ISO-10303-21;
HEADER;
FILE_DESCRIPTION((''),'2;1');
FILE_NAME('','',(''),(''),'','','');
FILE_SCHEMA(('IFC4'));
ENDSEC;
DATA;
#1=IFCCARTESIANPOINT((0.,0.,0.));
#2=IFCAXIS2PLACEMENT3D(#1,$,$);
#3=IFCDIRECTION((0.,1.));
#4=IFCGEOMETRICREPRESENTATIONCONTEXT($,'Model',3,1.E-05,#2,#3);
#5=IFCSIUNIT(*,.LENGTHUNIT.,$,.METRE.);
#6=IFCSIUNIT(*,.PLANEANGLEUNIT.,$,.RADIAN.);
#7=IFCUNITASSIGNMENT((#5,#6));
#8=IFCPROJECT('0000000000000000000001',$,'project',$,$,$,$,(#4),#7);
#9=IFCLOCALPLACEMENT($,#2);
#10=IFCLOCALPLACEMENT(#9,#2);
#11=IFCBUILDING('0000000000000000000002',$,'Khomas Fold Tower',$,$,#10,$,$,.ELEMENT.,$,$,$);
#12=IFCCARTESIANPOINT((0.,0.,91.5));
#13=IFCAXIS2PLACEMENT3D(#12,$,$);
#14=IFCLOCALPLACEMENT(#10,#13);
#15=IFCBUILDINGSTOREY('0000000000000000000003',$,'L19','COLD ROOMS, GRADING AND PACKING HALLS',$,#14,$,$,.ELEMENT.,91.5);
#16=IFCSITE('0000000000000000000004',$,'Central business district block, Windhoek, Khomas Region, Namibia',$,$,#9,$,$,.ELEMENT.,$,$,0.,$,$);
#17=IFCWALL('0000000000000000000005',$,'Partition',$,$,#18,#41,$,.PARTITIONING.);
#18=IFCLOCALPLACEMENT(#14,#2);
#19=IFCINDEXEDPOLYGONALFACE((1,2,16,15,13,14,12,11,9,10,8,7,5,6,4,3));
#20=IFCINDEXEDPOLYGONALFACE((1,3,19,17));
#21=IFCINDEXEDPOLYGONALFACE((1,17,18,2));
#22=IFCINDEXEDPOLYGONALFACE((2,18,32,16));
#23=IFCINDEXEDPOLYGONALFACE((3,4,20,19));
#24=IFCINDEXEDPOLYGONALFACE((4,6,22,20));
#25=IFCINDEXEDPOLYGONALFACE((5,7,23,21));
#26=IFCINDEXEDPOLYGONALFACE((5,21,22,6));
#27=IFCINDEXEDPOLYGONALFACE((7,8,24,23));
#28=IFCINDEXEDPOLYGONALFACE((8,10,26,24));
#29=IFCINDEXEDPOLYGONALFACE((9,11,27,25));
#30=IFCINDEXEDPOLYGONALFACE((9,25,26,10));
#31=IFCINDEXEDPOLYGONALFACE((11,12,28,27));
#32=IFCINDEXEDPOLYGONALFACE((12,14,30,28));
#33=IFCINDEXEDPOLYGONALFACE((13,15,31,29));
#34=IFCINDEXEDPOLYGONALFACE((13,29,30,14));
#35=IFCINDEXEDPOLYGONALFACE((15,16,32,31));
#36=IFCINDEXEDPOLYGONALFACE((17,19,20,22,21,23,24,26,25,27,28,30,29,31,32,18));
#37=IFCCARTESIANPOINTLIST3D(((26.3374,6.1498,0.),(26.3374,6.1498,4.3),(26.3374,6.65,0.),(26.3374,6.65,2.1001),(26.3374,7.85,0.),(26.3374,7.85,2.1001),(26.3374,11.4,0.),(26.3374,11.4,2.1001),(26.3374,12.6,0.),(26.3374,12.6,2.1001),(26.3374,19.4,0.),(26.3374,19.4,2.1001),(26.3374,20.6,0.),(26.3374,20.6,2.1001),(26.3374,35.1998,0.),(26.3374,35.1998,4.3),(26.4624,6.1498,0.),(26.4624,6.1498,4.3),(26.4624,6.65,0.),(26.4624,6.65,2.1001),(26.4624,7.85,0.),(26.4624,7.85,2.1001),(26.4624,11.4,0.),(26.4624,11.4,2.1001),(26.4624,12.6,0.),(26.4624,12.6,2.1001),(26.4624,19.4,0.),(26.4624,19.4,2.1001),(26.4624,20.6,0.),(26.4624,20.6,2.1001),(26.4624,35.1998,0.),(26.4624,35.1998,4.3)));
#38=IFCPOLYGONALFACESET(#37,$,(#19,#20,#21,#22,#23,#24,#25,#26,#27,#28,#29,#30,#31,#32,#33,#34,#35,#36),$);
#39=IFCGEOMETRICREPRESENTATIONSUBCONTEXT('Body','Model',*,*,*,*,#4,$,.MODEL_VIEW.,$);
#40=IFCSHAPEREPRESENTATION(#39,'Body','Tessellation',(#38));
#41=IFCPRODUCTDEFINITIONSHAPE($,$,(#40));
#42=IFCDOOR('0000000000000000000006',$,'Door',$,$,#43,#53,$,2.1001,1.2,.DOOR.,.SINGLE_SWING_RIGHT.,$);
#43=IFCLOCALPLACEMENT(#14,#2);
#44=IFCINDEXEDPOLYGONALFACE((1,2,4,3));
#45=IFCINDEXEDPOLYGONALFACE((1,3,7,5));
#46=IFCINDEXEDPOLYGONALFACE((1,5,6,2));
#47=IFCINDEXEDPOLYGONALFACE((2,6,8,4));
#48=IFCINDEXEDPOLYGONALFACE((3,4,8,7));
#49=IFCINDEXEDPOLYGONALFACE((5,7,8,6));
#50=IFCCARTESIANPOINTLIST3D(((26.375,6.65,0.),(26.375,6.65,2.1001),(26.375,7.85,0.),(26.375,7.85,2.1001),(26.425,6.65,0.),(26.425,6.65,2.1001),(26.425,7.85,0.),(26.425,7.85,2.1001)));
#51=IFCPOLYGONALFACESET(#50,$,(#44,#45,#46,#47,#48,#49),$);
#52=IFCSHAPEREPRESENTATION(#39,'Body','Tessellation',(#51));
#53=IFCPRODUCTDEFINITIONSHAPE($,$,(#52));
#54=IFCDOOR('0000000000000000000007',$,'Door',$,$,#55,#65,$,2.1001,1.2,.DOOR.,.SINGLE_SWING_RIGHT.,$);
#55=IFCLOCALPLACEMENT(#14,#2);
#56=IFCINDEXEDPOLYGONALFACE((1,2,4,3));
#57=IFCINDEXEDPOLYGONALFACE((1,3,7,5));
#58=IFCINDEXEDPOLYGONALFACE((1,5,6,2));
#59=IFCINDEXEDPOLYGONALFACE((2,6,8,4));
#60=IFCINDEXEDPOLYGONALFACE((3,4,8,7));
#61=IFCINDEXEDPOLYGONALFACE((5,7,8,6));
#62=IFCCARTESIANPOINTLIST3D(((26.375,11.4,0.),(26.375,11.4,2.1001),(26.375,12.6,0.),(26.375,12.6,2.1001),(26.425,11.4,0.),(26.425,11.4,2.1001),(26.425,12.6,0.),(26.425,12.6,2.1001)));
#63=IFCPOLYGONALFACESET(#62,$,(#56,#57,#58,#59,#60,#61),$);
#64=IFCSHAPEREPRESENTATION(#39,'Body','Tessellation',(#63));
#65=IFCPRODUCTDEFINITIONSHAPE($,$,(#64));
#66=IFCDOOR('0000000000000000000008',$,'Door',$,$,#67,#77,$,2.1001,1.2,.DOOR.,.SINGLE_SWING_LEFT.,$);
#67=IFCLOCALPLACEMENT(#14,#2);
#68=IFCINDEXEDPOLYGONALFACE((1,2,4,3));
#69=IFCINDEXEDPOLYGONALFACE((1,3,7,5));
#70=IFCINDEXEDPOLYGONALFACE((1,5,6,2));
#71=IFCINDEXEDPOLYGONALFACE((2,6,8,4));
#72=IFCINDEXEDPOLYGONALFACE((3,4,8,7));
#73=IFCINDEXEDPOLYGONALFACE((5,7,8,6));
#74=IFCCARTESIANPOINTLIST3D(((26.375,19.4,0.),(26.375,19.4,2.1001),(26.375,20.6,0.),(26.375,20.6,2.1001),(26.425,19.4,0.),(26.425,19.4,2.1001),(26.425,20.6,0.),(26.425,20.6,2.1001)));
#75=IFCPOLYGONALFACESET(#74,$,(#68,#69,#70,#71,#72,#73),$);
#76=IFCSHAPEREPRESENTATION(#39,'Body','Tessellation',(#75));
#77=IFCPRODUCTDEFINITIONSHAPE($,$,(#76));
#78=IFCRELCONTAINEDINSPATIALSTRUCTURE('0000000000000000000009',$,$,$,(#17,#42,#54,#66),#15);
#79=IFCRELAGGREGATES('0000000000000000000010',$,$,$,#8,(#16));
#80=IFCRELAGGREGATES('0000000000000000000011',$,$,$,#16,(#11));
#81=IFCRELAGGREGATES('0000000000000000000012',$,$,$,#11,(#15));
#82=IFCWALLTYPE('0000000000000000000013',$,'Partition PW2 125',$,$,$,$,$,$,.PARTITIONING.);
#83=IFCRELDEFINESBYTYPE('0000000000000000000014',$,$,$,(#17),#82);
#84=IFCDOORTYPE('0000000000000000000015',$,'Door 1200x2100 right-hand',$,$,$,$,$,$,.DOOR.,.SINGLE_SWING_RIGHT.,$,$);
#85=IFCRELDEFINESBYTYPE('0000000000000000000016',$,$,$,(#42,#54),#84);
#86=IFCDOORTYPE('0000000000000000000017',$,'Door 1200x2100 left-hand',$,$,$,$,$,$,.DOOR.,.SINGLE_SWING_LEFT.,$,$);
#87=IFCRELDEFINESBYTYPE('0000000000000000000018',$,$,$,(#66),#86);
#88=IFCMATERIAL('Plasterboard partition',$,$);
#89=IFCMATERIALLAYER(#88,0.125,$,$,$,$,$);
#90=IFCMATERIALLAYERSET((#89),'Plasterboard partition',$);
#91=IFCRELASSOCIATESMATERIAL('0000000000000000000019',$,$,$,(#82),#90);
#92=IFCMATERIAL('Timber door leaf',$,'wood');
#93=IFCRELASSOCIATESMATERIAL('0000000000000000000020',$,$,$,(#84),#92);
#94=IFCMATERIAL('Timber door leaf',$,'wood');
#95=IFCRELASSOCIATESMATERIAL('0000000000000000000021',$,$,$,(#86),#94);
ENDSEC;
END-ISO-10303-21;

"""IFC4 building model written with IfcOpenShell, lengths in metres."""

from ifc_helpers import new_model, si_unit, direction, frame, frame_2d, origin, place, context, subcontext, project, spatial, rectangle, extrude, source, transform, mapped, material, layer, layer_set, type_object, element, fill, save


model = new_model("IFC4")

# Units and contexts
model_context = context("Model", 3, precision=1e-05, world=origin(), true_north=direction((0.0, 1.0)))
body_context = subcontext(model_context, "Body", "Model", "MODEL_VIEW")
ifc_project = project(units=[si_unit("LENGTHUNIT", "METRE"), si_unit("PLANEANGLEUNIT", "RADIAN")], contexts=[model_context])

# Site, building, storey
site_placement = place(None, origin())
site = spatial("IfcSite", under=ifc_project, at=site_placement, Name="Central business district block, Windhoek, Khomas Region, Namibia", CompositionType="ELEMENT", RefElevation=0.0)
building_placement = place(site_placement, origin())
building = spatial("IfcBuilding", under=site, at=building_placement, Name="Khomas Fold Tower", CompositionType="ELEMENT")
storey_placement = place(building_placement, frame((0.0, 0.0, 91.5)))
storey = spatial("IfcBuildingStorey", under=building, at=storey_placement, Name="L19", Description="COLD ROOMS, GRADING AND PACKING HALLS", CompositionType="ELEMENT", Elevation=91.5)

# Wall, openings, doors
ifc_material_1 = material(Name="Plasterboard partition")
ifc_layer_1 = layer(ifc_material_1, 0.125)
ifc_layer_set_1 = layer_set([ifc_layer_1], Name="Plasterboard partition")
wall_type_1 = type_object("IfcWallType", Name="Partition PW2 125", PredefinedType="PARTITIONING", material=ifc_layer_set_1)
shared_shape_1 = source(origin(), body_context, "Body", "SweptSolid", [
    extrude(rectangle(XDim=29.05, YDim=0.125, at=frame_2d((14.5249, 0.0))), origin(), (0.0, 0.0, 1.0), 4.3),
])
wall_1_placement = place(storey_placement, frame((26.3999, 6.1499, 0.0), z_axis=(0.0, 0.0, 1.0), x_axis=(0.0, 1.0, 0.0)))
wall_1 = element("IfcWall", 1, at=wall_1_placement, inside=storey, type_object=wall_type_1, Name="Partition", PredefinedType="PARTITIONING", context=body_context, shape_type="MappedRepresentation", body=[
    mapped(shared_shape_1, transform((0.0, 0.0, 0.0))),
])
shared_shape_2 = source(origin(), body_context, "Body", "SweptSolid", [
    extrude(rectangle(XDim=1.2, YDim=2.1001, at=frame_2d((0.6001, 1.05))), frame((0.0, 0.0725, 0.0), z_axis=(0.0, -1.0, 0.0), x_axis=(1.0, 0.0, 0.0)), (0.0, 0.0, 1.0), 0.145),
])
opening_1_placement = place(wall_1_placement, frame((0.5, 0.0, 0.0)))
opening_1 = element("IfcOpeningElement", 2, at=opening_1_placement, cuts=wall_1, PredefinedType="OPENING", context=body_context, shape_type="MappedRepresentation", body=[
    mapped(shared_shape_2, transform((0.0, 0.0, 0.0))),
])
opening_2_placement = place(wall_1_placement, frame((5.25, 0.0, 0.0)))
opening_2 = element("IfcOpeningElement", 3, at=opening_2_placement, cuts=wall_1, PredefinedType="OPENING", context=body_context, shape_type="MappedRepresentation", body=[
    mapped(shared_shape_2, transform((0.0, 0.0, 0.0))),
])
opening_3_placement = place(wall_1_placement, frame((13.25, 0.0, 0.0)))
opening_3 = element("IfcOpeningElement", 4, at=opening_3_placement, cuts=wall_1, PredefinedType="OPENING", context=body_context, shape_type="MappedRepresentation", body=[
    mapped(shared_shape_2, transform((0.0, 0.0, 0.0))),
])
ifc_material_2 = material(Name="Timber door leaf", Category="wood")
door_type_1 = type_object("IfcDoorType", Name="Door 1200x2100 right-hand", OperationType="SINGLE_SWING_RIGHT", PredefinedType="DOOR", material=ifc_material_2)
shared_shape_3 = source(origin(), body_context, "Body", "SweptSolid", [
    extrude(rectangle(XDim=1.2, YDim=2.1001, at=frame_2d((0.6001, 1.05))), frame((0.0, 0.0249, 0.0), z_axis=(0.0, -1.0, 0.0), x_axis=(1.0, 0.0, 0.0)), (0.0, 0.0, 1.0), 0.05),
])
door_1_placement = place(opening_1_placement, origin())
door_1 = element("IfcDoor", 5, at=door_1_placement, inside=storey, type_object=door_type_1, Name="Door", OperationType="SINGLE_SWING_RIGHT", OverallHeight=2.1001, OverallWidth=1.2, PredefinedType="DOOR", context=body_context, shape_type="MappedRepresentation", body=[
    mapped(shared_shape_3, transform((0.0, 0.0, 0.0))),
])
fill(opening_1, door_1)
door_2_placement = place(opening_2_placement, origin())
door_2 = element("IfcDoor", 6, at=door_2_placement, inside=storey, type_object=door_type_1, Name="Door", OperationType="SINGLE_SWING_RIGHT", OverallHeight=2.1001, OverallWidth=1.2, PredefinedType="DOOR", context=body_context, shape_type="MappedRepresentation", body=[
    mapped(shared_shape_3, transform((0.0, 0.0, 0.0))),
])
fill(opening_2, door_2)
ifc_material_3 = material(Name="Timber door leaf", Category="wood")
door_type_2 = type_object("IfcDoorType", Name="Door 1200x2100 left-hand", OperationType="SINGLE_SWING_LEFT", PredefinedType="DOOR", material=ifc_material_3)
door_3_placement = place(opening_3_placement, origin())
door_3 = element("IfcDoor", 7, at=door_3_placement, inside=storey, type_object=door_type_2, Name="Door", OperationType="SINGLE_SWING_LEFT", OverallHeight=2.1001, OverallWidth=1.2, PredefinedType="DOOR", context=body_context, shape_type="MappedRepresentation", body=[
    mapped(shared_shape_3, transform((0.0, 0.0, 0.0))),
])
fill(opening_3, door_3)

save(model, "model.ifc")
